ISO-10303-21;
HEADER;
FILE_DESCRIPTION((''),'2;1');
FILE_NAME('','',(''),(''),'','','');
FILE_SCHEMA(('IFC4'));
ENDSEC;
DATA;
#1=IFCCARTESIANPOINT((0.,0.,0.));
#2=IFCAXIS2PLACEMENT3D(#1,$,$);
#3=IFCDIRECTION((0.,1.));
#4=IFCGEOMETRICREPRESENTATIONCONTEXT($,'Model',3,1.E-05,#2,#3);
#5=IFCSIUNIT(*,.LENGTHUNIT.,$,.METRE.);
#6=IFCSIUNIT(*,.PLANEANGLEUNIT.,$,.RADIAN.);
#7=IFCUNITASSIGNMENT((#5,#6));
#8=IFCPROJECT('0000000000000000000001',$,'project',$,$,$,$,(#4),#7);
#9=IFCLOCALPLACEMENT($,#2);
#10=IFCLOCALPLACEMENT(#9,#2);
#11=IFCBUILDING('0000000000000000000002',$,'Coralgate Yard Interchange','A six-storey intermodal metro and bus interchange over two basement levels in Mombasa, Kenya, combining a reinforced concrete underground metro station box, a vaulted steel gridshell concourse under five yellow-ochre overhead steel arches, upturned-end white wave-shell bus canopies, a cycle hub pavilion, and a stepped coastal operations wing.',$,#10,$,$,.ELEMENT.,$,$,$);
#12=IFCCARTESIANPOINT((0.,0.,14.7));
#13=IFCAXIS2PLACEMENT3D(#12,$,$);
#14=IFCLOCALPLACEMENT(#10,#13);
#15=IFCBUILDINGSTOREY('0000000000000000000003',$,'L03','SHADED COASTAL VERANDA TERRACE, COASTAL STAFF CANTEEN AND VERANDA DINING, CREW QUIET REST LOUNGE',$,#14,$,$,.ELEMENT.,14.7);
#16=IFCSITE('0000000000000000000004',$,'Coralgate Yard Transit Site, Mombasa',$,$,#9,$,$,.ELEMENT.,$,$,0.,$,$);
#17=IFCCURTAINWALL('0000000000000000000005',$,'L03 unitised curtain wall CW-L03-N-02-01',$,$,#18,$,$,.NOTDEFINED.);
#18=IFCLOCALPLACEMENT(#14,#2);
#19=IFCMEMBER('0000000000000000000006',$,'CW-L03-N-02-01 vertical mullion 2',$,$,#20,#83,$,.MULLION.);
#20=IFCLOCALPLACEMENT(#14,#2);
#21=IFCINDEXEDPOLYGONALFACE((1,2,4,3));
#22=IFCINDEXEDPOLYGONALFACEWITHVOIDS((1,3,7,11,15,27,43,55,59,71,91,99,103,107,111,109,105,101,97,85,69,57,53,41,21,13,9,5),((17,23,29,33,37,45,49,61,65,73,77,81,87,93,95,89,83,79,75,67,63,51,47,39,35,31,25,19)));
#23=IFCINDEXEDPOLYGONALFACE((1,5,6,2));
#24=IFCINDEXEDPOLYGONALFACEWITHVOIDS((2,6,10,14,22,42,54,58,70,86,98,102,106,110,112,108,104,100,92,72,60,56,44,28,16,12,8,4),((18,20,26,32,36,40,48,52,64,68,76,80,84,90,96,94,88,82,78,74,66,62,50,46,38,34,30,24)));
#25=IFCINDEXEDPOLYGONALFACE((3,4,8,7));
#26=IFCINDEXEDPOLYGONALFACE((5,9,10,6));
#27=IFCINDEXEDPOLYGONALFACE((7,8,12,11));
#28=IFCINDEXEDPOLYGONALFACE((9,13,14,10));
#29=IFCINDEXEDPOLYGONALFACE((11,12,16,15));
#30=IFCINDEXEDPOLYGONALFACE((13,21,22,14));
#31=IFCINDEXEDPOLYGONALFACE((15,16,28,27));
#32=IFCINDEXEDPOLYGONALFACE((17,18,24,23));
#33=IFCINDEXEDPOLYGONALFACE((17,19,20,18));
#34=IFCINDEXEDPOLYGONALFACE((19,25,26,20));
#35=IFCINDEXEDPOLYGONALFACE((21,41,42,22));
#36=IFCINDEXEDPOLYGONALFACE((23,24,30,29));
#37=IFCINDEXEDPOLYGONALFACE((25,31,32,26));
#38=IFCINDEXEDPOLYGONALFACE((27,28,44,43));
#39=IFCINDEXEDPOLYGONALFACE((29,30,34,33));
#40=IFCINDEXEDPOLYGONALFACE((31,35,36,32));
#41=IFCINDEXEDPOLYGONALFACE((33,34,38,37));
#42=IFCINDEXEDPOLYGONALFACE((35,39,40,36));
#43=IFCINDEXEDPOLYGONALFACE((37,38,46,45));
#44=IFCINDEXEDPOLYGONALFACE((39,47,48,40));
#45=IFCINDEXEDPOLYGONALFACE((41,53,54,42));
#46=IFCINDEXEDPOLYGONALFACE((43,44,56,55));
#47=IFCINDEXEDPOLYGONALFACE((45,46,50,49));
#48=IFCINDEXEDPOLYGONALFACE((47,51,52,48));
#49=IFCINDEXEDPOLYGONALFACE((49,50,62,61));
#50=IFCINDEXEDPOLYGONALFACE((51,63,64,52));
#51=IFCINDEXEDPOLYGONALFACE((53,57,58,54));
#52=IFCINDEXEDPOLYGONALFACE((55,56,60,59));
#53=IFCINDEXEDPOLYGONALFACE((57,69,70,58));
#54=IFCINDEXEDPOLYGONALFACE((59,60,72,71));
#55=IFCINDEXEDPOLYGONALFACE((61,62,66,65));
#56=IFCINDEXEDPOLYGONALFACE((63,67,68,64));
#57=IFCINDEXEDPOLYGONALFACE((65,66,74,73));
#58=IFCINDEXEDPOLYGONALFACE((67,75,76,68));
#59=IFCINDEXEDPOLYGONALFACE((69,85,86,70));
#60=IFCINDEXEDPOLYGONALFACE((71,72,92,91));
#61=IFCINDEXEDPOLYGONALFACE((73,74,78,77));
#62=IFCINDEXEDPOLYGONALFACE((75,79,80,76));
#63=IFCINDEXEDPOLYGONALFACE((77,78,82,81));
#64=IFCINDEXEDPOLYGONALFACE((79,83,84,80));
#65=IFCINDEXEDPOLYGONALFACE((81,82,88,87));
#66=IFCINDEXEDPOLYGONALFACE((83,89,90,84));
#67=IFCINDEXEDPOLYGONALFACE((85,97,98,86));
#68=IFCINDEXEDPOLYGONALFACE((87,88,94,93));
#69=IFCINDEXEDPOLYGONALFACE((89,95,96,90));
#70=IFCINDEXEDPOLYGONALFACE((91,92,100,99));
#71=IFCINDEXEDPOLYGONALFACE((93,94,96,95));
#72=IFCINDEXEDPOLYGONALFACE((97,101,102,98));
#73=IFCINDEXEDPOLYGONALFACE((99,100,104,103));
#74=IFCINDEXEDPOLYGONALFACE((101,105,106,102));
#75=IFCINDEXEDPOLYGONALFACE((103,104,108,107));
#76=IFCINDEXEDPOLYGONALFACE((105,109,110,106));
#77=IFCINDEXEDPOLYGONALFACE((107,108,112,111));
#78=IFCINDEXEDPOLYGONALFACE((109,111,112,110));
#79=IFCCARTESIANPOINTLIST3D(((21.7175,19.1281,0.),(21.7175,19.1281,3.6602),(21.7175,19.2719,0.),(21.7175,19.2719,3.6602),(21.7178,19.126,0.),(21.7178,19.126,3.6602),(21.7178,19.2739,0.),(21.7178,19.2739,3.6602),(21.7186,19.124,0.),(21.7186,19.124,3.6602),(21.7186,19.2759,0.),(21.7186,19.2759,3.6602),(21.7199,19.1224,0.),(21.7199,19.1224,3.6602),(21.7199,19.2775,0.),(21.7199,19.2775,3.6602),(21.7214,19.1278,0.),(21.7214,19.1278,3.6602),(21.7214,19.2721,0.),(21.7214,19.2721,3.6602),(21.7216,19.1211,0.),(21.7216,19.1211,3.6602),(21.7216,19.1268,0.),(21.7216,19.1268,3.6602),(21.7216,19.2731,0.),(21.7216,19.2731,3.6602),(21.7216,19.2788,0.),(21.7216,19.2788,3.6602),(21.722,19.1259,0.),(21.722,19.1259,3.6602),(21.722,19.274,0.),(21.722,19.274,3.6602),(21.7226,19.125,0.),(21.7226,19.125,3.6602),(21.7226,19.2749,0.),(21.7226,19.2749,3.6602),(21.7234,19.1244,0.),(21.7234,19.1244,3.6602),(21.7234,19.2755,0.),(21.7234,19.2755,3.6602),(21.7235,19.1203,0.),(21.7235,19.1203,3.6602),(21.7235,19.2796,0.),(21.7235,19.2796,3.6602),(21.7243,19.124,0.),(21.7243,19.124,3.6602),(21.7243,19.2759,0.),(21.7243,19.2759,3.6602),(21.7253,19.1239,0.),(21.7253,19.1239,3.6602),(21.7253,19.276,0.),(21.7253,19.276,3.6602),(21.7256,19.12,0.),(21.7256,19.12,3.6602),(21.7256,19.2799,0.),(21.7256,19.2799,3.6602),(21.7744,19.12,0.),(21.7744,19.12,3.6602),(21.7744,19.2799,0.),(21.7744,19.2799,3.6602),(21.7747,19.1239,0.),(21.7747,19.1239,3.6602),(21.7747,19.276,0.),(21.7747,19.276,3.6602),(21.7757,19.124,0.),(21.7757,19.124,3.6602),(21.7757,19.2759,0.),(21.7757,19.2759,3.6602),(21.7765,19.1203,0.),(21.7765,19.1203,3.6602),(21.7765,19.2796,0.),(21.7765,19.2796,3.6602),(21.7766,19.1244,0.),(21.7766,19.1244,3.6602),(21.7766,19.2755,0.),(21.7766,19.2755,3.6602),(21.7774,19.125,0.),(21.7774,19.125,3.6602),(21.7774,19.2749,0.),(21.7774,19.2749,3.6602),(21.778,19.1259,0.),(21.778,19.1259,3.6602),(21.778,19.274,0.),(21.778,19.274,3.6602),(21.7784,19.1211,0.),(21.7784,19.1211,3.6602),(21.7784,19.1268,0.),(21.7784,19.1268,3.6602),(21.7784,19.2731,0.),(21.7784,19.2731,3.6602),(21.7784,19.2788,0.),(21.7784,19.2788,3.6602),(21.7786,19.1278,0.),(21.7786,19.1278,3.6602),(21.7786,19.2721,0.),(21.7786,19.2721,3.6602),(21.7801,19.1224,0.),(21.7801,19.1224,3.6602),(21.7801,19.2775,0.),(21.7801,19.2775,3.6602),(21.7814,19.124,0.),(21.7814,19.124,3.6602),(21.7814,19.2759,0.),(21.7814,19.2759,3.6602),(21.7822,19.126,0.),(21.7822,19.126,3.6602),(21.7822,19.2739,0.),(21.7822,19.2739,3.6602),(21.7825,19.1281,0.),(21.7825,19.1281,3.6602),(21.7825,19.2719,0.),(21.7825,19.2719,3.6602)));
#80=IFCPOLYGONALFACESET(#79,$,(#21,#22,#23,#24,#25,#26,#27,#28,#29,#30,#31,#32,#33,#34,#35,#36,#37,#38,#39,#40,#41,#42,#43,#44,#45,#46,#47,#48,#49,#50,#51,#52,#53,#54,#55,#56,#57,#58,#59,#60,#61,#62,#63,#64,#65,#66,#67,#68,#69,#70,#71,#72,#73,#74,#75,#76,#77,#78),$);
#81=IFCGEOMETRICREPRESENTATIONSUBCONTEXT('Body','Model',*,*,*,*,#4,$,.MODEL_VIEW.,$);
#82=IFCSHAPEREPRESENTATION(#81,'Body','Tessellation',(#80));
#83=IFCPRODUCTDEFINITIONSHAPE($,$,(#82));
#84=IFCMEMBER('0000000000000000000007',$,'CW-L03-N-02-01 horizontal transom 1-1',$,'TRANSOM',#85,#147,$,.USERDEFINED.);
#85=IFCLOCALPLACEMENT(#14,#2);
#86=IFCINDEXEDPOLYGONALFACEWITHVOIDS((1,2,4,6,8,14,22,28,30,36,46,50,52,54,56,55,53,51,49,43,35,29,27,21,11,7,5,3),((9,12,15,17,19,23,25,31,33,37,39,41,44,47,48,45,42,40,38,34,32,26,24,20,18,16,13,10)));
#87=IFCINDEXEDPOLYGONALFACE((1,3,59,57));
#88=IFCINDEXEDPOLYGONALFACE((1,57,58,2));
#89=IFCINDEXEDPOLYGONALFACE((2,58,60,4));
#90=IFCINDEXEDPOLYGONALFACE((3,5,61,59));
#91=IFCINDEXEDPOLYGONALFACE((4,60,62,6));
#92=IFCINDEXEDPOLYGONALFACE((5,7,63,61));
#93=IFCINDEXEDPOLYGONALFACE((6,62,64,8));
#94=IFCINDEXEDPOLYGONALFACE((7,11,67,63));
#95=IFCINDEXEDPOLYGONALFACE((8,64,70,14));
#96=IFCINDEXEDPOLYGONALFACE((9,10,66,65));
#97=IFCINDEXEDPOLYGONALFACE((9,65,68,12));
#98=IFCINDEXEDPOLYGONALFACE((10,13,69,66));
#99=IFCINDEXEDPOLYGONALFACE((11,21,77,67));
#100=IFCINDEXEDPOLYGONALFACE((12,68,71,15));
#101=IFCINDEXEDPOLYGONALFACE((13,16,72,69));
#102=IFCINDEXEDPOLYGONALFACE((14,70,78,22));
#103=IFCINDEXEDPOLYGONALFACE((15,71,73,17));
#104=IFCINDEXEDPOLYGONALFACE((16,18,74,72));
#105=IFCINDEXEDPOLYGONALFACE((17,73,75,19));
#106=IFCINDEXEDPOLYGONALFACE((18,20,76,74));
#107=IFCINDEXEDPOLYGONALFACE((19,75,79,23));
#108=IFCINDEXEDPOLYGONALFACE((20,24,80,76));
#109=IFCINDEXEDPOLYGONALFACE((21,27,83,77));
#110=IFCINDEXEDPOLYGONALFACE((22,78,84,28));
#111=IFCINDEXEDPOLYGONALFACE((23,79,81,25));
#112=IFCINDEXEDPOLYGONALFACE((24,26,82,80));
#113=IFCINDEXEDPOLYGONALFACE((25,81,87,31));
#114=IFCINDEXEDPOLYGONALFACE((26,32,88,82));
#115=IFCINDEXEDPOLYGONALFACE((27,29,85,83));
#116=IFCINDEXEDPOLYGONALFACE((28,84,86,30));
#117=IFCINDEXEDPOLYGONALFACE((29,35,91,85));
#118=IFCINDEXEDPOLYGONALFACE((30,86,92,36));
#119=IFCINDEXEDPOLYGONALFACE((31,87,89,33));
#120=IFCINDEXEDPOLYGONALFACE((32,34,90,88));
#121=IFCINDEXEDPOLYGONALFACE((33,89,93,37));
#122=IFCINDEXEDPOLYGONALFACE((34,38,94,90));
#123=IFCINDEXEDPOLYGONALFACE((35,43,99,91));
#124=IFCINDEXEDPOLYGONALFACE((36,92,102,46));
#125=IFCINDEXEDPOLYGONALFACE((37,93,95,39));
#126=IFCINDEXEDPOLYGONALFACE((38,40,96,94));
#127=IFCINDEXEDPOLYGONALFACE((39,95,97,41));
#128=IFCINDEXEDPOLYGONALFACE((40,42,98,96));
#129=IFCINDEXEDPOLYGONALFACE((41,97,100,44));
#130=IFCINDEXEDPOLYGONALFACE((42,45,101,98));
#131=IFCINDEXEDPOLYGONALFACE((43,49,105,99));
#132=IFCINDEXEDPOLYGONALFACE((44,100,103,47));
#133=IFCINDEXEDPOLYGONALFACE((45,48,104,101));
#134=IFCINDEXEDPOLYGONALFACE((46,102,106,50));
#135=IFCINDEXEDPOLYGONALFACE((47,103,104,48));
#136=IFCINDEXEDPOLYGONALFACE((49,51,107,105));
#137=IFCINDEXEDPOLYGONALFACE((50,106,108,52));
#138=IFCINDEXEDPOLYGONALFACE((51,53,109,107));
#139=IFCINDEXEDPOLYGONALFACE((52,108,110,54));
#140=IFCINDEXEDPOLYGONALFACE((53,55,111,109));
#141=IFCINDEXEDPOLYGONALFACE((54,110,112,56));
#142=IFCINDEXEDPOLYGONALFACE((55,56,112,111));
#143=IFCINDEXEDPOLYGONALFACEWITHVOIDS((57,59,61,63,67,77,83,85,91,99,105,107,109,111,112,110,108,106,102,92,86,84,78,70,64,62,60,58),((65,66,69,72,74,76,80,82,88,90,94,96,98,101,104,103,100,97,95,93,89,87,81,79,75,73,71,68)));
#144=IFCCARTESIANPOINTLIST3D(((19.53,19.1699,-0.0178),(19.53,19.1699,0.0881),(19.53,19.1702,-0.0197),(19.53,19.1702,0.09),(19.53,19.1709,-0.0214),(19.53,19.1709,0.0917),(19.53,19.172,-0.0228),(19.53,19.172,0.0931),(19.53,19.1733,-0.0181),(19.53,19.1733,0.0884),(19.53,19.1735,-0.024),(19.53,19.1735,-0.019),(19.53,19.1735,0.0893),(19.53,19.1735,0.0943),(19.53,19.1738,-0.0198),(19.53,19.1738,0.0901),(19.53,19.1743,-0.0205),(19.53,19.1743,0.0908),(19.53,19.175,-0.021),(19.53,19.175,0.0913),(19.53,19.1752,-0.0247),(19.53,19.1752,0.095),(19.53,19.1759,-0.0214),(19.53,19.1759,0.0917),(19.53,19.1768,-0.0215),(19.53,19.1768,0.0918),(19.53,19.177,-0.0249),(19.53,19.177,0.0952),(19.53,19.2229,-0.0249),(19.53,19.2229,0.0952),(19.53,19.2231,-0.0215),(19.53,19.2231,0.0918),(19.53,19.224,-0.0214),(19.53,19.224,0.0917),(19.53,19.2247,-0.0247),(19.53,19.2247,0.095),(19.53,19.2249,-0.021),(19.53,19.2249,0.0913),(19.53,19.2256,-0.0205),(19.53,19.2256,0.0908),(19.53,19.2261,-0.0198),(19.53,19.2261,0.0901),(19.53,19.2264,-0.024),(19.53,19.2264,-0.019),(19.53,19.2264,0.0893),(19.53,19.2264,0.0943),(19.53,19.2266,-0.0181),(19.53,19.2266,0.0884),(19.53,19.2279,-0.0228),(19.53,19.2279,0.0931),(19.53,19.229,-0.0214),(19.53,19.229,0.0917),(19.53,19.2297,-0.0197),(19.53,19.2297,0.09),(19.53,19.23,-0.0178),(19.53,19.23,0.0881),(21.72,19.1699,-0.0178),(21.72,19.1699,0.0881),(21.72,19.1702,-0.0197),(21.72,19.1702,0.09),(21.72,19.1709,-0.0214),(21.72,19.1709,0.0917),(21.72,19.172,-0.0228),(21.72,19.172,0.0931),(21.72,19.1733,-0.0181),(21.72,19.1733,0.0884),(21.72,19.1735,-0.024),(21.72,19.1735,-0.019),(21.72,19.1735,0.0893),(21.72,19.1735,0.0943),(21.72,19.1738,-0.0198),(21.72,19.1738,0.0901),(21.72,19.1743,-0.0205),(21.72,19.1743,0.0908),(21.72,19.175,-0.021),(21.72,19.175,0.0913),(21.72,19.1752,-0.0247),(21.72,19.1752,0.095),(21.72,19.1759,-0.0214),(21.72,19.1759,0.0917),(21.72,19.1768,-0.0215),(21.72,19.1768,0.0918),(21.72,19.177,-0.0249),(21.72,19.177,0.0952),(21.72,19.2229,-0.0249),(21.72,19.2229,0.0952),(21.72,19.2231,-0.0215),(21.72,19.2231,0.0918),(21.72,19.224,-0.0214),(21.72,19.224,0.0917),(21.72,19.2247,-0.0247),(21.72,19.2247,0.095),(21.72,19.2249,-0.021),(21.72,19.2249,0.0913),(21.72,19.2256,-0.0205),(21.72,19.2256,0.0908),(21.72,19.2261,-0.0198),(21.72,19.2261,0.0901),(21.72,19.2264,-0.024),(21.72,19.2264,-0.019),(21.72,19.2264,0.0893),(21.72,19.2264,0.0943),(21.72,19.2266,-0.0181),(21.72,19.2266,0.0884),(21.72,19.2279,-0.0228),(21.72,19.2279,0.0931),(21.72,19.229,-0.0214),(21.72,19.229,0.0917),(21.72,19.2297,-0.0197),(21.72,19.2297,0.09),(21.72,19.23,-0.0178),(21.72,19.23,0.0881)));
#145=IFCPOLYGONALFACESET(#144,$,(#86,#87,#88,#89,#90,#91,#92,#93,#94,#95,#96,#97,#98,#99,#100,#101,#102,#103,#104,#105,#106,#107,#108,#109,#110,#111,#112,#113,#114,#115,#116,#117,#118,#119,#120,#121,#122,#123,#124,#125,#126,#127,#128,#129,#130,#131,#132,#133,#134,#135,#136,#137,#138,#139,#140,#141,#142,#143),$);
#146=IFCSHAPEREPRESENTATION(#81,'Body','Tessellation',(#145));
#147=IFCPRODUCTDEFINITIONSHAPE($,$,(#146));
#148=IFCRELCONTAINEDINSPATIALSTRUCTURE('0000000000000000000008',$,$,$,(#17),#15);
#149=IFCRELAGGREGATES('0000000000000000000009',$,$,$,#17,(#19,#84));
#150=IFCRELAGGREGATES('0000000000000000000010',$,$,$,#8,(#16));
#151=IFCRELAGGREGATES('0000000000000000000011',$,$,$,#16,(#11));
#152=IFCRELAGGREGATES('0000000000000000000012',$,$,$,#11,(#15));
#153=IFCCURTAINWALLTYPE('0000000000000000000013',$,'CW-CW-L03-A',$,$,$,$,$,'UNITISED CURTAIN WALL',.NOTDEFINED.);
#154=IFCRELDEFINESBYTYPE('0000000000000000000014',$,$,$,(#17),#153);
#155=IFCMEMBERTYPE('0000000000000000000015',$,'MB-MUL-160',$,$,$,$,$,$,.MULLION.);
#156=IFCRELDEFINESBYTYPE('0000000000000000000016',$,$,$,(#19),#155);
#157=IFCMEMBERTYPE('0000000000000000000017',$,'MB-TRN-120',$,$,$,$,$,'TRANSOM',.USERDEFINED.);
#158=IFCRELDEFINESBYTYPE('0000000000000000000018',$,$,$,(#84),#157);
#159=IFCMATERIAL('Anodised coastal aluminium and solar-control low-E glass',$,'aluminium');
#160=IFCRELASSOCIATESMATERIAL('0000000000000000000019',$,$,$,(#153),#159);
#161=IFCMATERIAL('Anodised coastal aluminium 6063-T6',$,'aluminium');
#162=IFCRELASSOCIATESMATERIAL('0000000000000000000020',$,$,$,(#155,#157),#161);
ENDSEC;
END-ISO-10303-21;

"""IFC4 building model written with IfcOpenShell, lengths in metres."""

from ifc_helpers import new_model, si_unit, direction, frame, origin, origin_2d, place, context, subcontext, project, spatial, hollow_rectangle, extrude, material, material_profile, profile_set, type_object, element, aggregate, save


model = new_model("IFC4")

# Units and contexts
model_context = context("Model", 3, precision=1e-05, world=origin(), true_north=direction((0.0, 1.0)))
body_context = subcontext(model_context, "Body", "Model", "MODEL_VIEW")
ifc_project = project(units=[si_unit("LENGTHUNIT", "METRE"), si_unit("PLANEANGLEUNIT", "RADIAN")], contexts=[model_context])

# Site, building, storey
site_placement = place(None, origin())
site = spatial("IfcSite", under=ifc_project, at=site_placement, Name="Coralgate Yard Transit Site, Mombasa", CompositionType="ELEMENT", RefElevation=0.0)
building_placement = place(site_placement, origin())
building = spatial("IfcBuilding", under=site, at=building_placement, Name="Coralgate Yard Interchange", Description="A six-storey intermodal metro and bus interchange over two basement levels in Mombasa, Kenya, combining a reinforced concrete underground metro station box, a vaulted steel gridshell concourse under five yellow-ochre overhead steel arches, upturned-end white wave-shell bus canopies, a cycle hub pavilion, and a stepped coastal operations wing.", CompositionType="ELEMENT")
storey_placement = place(building_placement, frame((0.0, 0.0, 14.7)))
storey = spatial("IfcBuildingStorey", under=building, at=storey_placement, Name="L03", Description="SHADED COASTAL VERANDA TERRACE, COASTAL STAFF CANTEEN AND VERANDA DINING, CREW QUIET REST LOUNGE", CompositionType="ELEMENT", Elevation=14.7)

# Curtain wall, members
ifc_material_1 = material(Name="Anodised coastal aluminium and solar-control low-E glass", Category="aluminium")
curtain_wall_type = type_object("IfcCurtainWallType", Name="CW-CW-L03-A", ElementType="UNITISED CURTAIN WALL", PredefinedType="NOTDEFINED", material=ifc_material_1)
curtain_wall_placement = place(storey_placement, origin())
curtain_wall = element("IfcCurtainWall", 1, at=curtain_wall_placement, inside=storey, type_object=curtain_wall_type, Name="L03 unitised curtain wall CW-L03-N-02-01", PredefinedType="NOTDEFINED")
ifc_material_2 = material(Name="Anodised coastal aluminium 6063-T6", Category="aluminium")
ifc_material_profile_1 = material_profile(ifc_material_2, hollow_rectangle(XDim=0.0649, YDim=0.1599, WallThickness=0.0039, InnerFilletRadius=0.0039, OuterFilletRadius=0.0081, at=origin_2d()), Name="ALU 65x160x4")
ifc_profile_set_1 = profile_set([ifc_material_profile_1], Name="Anodised coastal aluminium 6063-T6")
member_type_1 = type_object("IfcMemberType", Name="MB-MUL-160", PredefinedType="MULLION", material=ifc_profile_set_1)
member_1_placement = place(storey_placement, frame((21.75, 19.2, 0.0), z_axis=(0.0, 0.0, 1.0), x_axis=(1.0, 0.0, 0.0)))
member_1 = element("IfcMember", 2, at=member_1_placement, type_object=member_type_1, Name="CW-L03-N-02-01 vertical mullion 2", PredefinedType="MULLION", context=body_context, shape_type="SweptSolid", body=[
    extrude(hollow_rectangle(XDim=0.0649, YDim=0.1599, WallThickness=0.0039, InnerFilletRadius=0.0039, OuterFilletRadius=0.0081, at=origin_2d()), origin(), (0.0, 0.0, 1.0), 3.6602),
])
ifc_material_profile_2 = material_profile(ifc_material_2, hollow_rectangle(XDim=0.0601, YDim=0.1201, WallThickness=0.0034, InnerFilletRadius=0.0034, OuterFilletRadius=0.0071, at=origin_2d()), Name="ALU 60x120x3.5")
ifc_profile_set_2 = profile_set([ifc_material_profile_2], Name="Anodised coastal aluminium 6063-T6")
member_type_2 = type_object("IfcMemberType", Name="MB-TRN-120", ElementType="TRANSOM", PredefinedType="USERDEFINED", material=ifc_profile_set_2)
member_2_placement = place(storey_placement, frame((19.53, 19.2, 0.0352), z_axis=(1.0, 0.0, 0.0), x_axis=(0.0, 1.0, 0.0)))
member_2 = element("IfcMember", 3, at=member_2_placement, type_object=member_type_2, Name="CW-L03-N-02-01 horizontal transom 1-1", ObjectType="TRANSOM", PredefinedType="USERDEFINED", context=body_context, shape_type="SweptSolid", body=[
    extrude(hollow_rectangle(XDim=0.0601, YDim=0.1201, WallThickness=0.0034, InnerFilletRadius=0.0034, OuterFilletRadius=0.0071, at=origin_2d()), origin(), (0.0, 0.0, 1.0), 2.1899),
])
aggregate(curtain_wall, [member_1, member_2])

save(model, "model.ifc")
